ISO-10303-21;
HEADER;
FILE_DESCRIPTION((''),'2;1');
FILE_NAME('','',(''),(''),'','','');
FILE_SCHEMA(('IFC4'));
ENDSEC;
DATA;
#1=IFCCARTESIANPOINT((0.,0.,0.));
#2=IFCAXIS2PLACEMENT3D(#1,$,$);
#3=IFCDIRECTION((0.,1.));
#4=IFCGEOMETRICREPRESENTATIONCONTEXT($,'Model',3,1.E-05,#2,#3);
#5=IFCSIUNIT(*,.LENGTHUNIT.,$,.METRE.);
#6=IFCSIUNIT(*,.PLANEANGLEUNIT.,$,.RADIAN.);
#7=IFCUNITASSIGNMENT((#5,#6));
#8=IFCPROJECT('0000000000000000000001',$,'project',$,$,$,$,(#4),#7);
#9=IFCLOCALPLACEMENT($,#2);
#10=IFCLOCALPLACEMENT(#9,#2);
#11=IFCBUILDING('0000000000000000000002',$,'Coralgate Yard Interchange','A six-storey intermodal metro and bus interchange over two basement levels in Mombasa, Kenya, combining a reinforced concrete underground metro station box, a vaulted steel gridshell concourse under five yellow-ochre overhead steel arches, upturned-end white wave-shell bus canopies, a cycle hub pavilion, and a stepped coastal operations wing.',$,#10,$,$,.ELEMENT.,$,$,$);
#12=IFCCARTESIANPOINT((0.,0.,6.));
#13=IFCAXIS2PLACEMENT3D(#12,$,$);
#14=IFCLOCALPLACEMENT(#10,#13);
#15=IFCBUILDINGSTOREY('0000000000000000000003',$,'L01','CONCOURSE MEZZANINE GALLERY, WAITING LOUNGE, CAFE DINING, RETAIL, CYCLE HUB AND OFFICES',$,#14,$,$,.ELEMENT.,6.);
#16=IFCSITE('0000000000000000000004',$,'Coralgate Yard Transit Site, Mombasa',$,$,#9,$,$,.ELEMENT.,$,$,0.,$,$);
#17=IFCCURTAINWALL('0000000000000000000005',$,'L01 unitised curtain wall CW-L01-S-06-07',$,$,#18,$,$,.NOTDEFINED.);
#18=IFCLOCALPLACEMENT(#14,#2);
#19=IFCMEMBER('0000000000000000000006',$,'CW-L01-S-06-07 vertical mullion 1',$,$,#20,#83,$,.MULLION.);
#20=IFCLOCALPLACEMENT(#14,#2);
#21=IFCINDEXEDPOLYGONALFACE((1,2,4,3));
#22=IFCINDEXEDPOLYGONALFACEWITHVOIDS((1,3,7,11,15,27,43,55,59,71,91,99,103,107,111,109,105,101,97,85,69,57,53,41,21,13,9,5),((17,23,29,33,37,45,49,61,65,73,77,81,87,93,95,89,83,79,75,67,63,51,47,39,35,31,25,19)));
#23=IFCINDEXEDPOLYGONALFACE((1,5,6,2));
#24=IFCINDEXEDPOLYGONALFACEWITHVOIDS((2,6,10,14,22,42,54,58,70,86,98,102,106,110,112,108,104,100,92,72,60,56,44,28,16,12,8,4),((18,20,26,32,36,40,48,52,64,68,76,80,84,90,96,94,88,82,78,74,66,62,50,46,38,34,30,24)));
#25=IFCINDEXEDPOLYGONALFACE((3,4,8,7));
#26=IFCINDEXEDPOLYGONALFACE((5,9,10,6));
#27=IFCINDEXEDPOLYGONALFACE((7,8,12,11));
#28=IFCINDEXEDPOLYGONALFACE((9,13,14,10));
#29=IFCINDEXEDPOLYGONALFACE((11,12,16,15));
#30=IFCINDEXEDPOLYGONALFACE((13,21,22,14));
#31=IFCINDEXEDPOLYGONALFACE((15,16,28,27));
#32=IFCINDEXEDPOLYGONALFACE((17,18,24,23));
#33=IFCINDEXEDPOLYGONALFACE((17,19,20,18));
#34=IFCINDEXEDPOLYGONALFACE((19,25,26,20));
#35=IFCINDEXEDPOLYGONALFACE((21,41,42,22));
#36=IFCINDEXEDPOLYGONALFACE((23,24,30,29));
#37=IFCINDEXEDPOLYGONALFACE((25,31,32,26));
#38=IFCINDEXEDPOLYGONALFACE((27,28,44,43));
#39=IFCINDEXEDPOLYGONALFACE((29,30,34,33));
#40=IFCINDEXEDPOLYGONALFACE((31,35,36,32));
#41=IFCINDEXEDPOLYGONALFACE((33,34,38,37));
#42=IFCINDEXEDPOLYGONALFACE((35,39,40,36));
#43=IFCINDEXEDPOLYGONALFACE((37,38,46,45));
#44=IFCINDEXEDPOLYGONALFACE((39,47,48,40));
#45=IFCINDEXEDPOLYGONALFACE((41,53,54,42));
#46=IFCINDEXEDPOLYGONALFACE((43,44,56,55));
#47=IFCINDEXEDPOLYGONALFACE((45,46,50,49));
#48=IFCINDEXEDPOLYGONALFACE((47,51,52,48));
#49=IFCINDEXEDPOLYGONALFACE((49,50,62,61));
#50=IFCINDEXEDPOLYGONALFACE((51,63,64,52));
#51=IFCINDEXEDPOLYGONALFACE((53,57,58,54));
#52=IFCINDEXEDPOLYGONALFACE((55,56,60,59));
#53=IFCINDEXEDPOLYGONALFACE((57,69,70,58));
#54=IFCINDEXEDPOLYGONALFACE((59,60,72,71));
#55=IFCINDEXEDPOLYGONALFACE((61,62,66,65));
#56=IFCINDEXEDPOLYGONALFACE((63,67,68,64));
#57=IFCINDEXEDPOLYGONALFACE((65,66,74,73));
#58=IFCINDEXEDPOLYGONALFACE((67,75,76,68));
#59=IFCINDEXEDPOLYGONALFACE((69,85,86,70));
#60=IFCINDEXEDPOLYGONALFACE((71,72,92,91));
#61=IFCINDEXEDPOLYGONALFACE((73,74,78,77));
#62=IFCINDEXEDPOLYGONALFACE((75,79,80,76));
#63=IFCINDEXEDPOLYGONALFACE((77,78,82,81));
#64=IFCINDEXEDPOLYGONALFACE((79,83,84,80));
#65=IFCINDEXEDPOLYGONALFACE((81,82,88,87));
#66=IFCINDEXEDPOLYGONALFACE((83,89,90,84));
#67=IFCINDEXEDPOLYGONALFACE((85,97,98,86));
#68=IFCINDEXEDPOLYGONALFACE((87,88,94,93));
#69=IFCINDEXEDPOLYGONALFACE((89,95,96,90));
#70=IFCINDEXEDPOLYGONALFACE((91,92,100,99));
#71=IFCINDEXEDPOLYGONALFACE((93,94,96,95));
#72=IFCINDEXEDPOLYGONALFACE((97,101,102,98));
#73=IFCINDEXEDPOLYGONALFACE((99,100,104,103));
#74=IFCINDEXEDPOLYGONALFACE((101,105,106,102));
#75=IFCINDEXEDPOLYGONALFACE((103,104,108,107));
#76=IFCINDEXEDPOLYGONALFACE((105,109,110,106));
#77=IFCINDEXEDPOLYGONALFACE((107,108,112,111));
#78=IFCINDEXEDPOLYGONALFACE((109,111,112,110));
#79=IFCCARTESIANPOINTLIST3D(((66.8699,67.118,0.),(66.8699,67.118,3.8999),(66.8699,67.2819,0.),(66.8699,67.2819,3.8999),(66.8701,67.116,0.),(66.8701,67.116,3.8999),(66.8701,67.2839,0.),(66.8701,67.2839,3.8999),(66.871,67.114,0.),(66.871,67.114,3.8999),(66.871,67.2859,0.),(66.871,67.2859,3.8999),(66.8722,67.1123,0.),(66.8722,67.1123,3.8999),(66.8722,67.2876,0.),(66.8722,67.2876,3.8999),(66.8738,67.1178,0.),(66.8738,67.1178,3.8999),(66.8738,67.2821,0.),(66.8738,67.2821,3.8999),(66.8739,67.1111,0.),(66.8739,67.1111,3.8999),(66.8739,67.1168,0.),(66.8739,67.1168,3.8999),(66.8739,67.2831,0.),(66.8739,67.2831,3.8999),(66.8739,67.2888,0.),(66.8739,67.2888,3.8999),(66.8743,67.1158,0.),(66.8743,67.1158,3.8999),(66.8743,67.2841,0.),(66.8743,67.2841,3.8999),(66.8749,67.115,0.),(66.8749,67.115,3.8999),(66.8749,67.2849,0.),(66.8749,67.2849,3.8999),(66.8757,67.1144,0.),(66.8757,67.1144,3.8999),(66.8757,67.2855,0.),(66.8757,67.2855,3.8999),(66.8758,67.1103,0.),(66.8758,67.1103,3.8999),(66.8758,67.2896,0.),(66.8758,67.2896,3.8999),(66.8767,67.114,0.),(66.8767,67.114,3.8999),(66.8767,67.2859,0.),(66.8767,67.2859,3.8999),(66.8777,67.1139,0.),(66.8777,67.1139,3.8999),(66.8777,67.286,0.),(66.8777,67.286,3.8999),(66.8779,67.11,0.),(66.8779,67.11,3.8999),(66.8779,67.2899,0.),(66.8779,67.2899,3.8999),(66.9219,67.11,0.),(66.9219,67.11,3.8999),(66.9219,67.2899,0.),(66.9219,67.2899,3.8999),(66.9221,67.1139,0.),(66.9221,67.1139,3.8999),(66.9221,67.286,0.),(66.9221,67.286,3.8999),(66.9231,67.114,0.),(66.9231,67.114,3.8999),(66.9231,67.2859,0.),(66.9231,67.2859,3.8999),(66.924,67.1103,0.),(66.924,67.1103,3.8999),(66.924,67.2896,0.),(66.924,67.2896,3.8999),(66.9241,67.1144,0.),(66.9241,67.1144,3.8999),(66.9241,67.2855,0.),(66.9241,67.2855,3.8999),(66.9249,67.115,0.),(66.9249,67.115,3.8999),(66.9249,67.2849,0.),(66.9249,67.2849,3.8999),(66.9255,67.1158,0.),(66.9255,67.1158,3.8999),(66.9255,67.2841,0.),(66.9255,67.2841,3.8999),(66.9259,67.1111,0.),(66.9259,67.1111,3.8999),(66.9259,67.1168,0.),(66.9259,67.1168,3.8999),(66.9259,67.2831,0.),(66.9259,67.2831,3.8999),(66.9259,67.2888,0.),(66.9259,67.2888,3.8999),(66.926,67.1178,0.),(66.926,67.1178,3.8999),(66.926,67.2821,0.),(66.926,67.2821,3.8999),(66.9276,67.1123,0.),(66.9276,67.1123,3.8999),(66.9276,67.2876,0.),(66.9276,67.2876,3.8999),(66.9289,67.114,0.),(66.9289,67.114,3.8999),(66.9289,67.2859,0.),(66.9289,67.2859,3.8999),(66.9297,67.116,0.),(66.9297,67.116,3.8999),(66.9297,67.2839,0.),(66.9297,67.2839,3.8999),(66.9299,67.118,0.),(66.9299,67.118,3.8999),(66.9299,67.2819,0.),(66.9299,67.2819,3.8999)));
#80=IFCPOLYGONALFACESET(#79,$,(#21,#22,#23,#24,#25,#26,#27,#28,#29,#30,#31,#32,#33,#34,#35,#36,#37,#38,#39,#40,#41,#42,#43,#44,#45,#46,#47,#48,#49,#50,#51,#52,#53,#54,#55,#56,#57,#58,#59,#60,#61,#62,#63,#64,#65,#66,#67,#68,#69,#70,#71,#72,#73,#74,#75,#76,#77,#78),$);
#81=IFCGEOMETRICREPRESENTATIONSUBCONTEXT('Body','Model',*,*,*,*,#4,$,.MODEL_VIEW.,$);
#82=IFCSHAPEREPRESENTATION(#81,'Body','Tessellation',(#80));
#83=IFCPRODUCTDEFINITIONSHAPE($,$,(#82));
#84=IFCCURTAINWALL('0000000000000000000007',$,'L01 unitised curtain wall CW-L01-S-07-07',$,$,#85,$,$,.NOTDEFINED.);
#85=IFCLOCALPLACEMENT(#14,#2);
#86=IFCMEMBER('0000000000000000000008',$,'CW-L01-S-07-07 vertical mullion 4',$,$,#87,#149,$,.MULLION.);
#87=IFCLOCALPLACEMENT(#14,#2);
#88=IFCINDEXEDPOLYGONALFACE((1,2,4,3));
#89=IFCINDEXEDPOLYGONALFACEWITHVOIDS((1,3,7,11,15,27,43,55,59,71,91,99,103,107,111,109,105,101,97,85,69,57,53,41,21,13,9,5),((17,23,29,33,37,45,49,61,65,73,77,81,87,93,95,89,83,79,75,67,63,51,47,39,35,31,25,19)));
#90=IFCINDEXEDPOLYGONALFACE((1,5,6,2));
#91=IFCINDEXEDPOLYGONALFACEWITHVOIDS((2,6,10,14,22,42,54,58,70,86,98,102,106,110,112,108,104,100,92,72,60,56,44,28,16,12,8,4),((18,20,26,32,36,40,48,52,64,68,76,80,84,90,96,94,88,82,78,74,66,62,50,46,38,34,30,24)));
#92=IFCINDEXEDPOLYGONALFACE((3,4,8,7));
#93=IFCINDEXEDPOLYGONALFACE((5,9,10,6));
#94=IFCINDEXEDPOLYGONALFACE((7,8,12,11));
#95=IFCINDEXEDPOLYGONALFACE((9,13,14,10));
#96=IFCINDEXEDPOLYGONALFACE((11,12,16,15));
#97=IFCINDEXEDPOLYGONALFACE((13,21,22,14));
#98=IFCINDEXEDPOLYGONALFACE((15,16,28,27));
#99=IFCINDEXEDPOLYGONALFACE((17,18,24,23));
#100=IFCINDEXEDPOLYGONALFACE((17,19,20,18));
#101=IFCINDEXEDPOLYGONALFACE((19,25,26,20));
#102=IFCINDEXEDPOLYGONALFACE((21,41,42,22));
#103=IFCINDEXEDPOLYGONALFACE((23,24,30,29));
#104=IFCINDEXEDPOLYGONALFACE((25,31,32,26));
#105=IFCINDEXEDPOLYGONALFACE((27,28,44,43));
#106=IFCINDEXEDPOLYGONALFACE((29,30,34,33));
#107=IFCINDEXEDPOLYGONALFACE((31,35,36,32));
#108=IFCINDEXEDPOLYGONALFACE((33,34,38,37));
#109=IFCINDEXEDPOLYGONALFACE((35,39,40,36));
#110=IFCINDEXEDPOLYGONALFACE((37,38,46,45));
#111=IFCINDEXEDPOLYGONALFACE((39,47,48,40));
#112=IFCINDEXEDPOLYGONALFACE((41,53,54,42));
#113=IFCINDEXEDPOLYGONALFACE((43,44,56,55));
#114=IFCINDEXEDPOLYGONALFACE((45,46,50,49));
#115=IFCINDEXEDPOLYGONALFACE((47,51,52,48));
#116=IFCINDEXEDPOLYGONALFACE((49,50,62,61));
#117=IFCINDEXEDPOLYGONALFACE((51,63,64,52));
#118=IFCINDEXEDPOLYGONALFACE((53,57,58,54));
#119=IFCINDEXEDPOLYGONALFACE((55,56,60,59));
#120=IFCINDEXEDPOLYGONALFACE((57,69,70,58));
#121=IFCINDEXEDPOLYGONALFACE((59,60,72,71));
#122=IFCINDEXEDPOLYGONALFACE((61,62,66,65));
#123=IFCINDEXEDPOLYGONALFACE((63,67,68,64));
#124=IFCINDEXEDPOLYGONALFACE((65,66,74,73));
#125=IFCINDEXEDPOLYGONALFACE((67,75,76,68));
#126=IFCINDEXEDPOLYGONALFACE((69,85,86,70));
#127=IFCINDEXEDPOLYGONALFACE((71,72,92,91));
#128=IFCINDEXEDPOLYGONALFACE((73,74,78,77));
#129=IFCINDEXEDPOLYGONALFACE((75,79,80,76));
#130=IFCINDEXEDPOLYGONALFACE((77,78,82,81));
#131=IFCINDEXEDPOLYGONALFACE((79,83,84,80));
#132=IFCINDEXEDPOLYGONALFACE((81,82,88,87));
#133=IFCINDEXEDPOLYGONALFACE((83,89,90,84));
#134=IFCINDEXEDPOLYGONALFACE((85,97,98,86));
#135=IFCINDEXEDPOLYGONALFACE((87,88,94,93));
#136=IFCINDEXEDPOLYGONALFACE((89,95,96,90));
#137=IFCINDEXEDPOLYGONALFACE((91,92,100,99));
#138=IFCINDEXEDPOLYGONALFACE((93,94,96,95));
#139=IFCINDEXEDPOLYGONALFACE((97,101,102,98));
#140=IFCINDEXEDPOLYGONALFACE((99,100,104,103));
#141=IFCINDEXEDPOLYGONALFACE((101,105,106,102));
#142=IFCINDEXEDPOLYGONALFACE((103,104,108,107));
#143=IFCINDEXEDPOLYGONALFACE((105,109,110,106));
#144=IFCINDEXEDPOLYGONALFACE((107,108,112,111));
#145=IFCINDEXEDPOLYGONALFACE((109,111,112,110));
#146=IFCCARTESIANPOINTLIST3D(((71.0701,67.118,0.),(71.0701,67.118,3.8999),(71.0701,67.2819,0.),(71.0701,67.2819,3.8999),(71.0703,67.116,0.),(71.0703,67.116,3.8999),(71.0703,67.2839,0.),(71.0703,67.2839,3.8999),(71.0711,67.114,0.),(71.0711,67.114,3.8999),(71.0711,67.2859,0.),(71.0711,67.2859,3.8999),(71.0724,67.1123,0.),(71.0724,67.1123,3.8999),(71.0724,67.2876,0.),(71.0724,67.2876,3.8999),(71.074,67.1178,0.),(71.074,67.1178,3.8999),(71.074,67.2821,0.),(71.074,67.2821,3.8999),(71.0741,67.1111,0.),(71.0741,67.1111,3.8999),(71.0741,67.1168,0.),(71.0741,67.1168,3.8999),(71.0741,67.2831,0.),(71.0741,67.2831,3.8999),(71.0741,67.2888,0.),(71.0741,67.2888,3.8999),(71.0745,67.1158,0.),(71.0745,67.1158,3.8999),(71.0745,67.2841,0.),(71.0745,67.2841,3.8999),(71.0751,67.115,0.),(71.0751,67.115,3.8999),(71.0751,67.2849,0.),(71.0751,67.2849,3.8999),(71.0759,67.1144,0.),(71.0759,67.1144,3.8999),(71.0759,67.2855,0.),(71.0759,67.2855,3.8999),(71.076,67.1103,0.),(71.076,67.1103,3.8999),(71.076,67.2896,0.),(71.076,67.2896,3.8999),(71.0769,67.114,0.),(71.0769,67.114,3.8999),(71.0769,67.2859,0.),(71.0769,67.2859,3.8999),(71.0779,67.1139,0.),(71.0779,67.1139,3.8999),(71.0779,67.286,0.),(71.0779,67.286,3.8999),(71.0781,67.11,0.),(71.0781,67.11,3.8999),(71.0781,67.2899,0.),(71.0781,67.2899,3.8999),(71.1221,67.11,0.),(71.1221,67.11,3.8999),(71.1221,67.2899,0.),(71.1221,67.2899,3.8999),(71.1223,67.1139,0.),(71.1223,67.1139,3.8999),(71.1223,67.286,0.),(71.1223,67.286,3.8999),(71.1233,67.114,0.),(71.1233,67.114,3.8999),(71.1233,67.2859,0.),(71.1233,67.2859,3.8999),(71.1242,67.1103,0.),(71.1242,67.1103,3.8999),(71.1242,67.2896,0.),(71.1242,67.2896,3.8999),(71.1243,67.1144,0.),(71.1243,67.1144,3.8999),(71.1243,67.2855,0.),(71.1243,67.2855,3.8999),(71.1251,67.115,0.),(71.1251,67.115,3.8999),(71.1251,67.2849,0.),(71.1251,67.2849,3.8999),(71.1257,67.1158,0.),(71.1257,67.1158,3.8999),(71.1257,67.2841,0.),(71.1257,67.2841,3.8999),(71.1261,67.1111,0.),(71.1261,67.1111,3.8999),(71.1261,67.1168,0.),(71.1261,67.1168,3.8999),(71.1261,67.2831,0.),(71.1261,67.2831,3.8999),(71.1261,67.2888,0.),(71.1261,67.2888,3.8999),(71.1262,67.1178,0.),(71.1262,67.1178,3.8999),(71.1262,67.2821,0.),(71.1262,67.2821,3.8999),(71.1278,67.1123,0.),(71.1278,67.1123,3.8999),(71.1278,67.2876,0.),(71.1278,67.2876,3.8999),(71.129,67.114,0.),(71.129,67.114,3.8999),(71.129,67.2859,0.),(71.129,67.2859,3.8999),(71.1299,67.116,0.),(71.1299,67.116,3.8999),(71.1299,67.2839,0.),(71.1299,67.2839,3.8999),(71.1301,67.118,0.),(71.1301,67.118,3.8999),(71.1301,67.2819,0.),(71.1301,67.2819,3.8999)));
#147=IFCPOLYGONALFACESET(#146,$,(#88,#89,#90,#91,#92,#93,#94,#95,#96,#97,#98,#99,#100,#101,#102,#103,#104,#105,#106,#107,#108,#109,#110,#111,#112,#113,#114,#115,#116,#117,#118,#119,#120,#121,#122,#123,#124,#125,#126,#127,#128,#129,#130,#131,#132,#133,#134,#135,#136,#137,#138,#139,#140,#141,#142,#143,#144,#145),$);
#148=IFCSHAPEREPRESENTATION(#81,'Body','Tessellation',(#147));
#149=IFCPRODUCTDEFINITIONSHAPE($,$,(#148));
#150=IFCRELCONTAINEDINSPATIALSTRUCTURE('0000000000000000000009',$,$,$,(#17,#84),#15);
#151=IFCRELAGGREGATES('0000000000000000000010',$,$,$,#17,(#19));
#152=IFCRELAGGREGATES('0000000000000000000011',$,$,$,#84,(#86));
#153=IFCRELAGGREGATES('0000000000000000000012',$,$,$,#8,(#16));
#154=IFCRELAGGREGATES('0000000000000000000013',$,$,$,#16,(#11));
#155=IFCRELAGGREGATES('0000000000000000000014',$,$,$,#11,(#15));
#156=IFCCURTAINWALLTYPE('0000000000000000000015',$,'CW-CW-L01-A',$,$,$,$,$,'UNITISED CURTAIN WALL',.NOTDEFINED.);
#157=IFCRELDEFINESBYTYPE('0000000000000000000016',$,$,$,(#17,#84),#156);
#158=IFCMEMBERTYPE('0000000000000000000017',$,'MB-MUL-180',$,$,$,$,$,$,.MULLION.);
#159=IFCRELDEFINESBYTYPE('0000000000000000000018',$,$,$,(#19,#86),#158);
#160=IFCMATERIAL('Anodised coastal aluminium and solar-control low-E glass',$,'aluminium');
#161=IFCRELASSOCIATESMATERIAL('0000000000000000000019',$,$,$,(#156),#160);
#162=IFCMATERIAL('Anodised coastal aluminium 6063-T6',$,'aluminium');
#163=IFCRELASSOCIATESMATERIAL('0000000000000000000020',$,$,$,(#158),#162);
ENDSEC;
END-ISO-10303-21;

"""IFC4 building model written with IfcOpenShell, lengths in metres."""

from ifc_helpers import new_model, si_unit, direction, frame, origin, origin_2d, place, context, subcontext, project, spatial, hollow_rectangle, extrude, material, material_profile, profile_set, type_object, element, aggregate, save


model = new_model("IFC4")

# Units and contexts
model_context = context("Model", 3, precision=1e-05, world=origin(), true_north=direction((0.0, 1.0)))
body_context = subcontext(model_context, "Body", "Model", "MODEL_VIEW")
ifc_project = project(units=[si_unit("LENGTHUNIT", "METRE"), si_unit("PLANEANGLEUNIT", "RADIAN")], contexts=[model_context])

# Site, building, storey
site_placement = place(None, origin())
site = spatial("IfcSite", under=ifc_project, at=site_placement, Name="Coralgate Yard Transit Site, Mombasa", CompositionType="ELEMENT", RefElevation=0.0)
building_placement = place(site_placement, origin())
building = spatial("IfcBuilding", under=site, at=building_placement, Name="Coralgate Yard Interchange", Description="A six-storey intermodal metro and bus interchange over two basement levels in Mombasa, Kenya, combining a reinforced concrete underground metro station box, a vaulted steel gridshell concourse under five yellow-ochre overhead steel arches, upturned-end white wave-shell bus canopies, a cycle hub pavilion, and a stepped coastal operations wing.", CompositionType="ELEMENT")
storey_placement = place(building_placement, frame((0.0, 0.0, 6.0)))
storey = spatial("IfcBuildingStorey", under=building, at=storey_placement, Name="L01", Description="CONCOURSE MEZZANINE GALLERY, WAITING LOUNGE, CAFE DINING, RETAIL, CYCLE HUB AND OFFICES", CompositionType="ELEMENT", Elevation=6.0)

# Curtain wall, member
ifc_material_1 = material(Name="Anodised coastal aluminium and solar-control low-E glass", Category="aluminium")
curtain_wall_type = type_object("IfcCurtainWallType", Name="CW-CW-L01-A", ElementType="UNITISED CURTAIN WALL", PredefinedType="NOTDEFINED", material=ifc_material_1)
curtain_wall_1_placement = place(storey_placement, origin())
curtain_wall_1 = element("IfcCurtainWall", 1, at=curtain_wall_1_placement, inside=storey, type_object=curtain_wall_type, Name="L01 unitised curtain wall CW-L01-S-06-07", PredefinedType="NOTDEFINED")
ifc_material_2 = material(Name="Anodised coastal aluminium 6063-T6", Category="aluminium")
ifc_material_profile_1 = material_profile(ifc_material_2, hollow_rectangle(XDim=0.0601, YDim=0.1799, WallThickness=0.0039, InnerFilletRadius=0.0039, OuterFilletRadius=0.0081, at=origin_2d()), Name="ALU 60x180x4")
ifc_profile_set_1 = profile_set([ifc_material_profile_1], Name="Anodised coastal aluminium 6063-T6")
member_type_1 = type_object("IfcMemberType", Name="MB-MUL-180", PredefinedType="MULLION", material=ifc_profile_set_1)
member_1_placement = place(storey_placement, frame((66.8999, 67.2, 0.0), z_axis=(0.0, 0.0, 1.0), x_axis=(1.0, 0.0, 0.0)))
member_1 = element("IfcMember", 2, at=member_1_placement, type_object=member_type_1, Name="CW-L01-S-06-07 vertical mullion 1", PredefinedType="MULLION", context=body_context, shape_type="SweptSolid", body=[
    extrude(hollow_rectangle(XDim=0.0601, YDim=0.1799, WallThickness=0.0039, InnerFilletRadius=0.0039, OuterFilletRadius=0.0081, at=origin_2d()), origin(), (0.0, 0.0, 1.0), 3.8999),
])

# Curtain wall, member
curtain_wall_2_placement = place(storey_placement, origin())
curtain_wall_2 = element("IfcCurtainWall", 3, at=curtain_wall_2_placement, inside=storey, type_object=curtain_wall_type, Name="L01 unitised curtain wall CW-L01-S-07-07", PredefinedType="NOTDEFINED")
member_2_placement = place(storey_placement, frame((71.1001, 67.2, 0.0), z_axis=(0.0, 0.0, 1.0), x_axis=(1.0, 0.0, 0.0)))
member_2 = element("IfcMember", 4, at=member_2_placement, type_object=member_type_1, Name="CW-L01-S-07-07 vertical mullion 4", PredefinedType="MULLION", context=body_context, shape_type="SweptSolid", body=[
    extrude(hollow_rectangle(XDim=0.0601, YDim=0.1799, WallThickness=0.0039, InnerFilletRadius=0.0039, OuterFilletRadius=0.0081, at=origin_2d()), origin(), (0.0, 0.0, 1.0), 3.8999),
])

aggregate(curtain_wall_1, [member_1])

aggregate(curtain_wall_2, [member_2])

save(model, "model.ifc")
